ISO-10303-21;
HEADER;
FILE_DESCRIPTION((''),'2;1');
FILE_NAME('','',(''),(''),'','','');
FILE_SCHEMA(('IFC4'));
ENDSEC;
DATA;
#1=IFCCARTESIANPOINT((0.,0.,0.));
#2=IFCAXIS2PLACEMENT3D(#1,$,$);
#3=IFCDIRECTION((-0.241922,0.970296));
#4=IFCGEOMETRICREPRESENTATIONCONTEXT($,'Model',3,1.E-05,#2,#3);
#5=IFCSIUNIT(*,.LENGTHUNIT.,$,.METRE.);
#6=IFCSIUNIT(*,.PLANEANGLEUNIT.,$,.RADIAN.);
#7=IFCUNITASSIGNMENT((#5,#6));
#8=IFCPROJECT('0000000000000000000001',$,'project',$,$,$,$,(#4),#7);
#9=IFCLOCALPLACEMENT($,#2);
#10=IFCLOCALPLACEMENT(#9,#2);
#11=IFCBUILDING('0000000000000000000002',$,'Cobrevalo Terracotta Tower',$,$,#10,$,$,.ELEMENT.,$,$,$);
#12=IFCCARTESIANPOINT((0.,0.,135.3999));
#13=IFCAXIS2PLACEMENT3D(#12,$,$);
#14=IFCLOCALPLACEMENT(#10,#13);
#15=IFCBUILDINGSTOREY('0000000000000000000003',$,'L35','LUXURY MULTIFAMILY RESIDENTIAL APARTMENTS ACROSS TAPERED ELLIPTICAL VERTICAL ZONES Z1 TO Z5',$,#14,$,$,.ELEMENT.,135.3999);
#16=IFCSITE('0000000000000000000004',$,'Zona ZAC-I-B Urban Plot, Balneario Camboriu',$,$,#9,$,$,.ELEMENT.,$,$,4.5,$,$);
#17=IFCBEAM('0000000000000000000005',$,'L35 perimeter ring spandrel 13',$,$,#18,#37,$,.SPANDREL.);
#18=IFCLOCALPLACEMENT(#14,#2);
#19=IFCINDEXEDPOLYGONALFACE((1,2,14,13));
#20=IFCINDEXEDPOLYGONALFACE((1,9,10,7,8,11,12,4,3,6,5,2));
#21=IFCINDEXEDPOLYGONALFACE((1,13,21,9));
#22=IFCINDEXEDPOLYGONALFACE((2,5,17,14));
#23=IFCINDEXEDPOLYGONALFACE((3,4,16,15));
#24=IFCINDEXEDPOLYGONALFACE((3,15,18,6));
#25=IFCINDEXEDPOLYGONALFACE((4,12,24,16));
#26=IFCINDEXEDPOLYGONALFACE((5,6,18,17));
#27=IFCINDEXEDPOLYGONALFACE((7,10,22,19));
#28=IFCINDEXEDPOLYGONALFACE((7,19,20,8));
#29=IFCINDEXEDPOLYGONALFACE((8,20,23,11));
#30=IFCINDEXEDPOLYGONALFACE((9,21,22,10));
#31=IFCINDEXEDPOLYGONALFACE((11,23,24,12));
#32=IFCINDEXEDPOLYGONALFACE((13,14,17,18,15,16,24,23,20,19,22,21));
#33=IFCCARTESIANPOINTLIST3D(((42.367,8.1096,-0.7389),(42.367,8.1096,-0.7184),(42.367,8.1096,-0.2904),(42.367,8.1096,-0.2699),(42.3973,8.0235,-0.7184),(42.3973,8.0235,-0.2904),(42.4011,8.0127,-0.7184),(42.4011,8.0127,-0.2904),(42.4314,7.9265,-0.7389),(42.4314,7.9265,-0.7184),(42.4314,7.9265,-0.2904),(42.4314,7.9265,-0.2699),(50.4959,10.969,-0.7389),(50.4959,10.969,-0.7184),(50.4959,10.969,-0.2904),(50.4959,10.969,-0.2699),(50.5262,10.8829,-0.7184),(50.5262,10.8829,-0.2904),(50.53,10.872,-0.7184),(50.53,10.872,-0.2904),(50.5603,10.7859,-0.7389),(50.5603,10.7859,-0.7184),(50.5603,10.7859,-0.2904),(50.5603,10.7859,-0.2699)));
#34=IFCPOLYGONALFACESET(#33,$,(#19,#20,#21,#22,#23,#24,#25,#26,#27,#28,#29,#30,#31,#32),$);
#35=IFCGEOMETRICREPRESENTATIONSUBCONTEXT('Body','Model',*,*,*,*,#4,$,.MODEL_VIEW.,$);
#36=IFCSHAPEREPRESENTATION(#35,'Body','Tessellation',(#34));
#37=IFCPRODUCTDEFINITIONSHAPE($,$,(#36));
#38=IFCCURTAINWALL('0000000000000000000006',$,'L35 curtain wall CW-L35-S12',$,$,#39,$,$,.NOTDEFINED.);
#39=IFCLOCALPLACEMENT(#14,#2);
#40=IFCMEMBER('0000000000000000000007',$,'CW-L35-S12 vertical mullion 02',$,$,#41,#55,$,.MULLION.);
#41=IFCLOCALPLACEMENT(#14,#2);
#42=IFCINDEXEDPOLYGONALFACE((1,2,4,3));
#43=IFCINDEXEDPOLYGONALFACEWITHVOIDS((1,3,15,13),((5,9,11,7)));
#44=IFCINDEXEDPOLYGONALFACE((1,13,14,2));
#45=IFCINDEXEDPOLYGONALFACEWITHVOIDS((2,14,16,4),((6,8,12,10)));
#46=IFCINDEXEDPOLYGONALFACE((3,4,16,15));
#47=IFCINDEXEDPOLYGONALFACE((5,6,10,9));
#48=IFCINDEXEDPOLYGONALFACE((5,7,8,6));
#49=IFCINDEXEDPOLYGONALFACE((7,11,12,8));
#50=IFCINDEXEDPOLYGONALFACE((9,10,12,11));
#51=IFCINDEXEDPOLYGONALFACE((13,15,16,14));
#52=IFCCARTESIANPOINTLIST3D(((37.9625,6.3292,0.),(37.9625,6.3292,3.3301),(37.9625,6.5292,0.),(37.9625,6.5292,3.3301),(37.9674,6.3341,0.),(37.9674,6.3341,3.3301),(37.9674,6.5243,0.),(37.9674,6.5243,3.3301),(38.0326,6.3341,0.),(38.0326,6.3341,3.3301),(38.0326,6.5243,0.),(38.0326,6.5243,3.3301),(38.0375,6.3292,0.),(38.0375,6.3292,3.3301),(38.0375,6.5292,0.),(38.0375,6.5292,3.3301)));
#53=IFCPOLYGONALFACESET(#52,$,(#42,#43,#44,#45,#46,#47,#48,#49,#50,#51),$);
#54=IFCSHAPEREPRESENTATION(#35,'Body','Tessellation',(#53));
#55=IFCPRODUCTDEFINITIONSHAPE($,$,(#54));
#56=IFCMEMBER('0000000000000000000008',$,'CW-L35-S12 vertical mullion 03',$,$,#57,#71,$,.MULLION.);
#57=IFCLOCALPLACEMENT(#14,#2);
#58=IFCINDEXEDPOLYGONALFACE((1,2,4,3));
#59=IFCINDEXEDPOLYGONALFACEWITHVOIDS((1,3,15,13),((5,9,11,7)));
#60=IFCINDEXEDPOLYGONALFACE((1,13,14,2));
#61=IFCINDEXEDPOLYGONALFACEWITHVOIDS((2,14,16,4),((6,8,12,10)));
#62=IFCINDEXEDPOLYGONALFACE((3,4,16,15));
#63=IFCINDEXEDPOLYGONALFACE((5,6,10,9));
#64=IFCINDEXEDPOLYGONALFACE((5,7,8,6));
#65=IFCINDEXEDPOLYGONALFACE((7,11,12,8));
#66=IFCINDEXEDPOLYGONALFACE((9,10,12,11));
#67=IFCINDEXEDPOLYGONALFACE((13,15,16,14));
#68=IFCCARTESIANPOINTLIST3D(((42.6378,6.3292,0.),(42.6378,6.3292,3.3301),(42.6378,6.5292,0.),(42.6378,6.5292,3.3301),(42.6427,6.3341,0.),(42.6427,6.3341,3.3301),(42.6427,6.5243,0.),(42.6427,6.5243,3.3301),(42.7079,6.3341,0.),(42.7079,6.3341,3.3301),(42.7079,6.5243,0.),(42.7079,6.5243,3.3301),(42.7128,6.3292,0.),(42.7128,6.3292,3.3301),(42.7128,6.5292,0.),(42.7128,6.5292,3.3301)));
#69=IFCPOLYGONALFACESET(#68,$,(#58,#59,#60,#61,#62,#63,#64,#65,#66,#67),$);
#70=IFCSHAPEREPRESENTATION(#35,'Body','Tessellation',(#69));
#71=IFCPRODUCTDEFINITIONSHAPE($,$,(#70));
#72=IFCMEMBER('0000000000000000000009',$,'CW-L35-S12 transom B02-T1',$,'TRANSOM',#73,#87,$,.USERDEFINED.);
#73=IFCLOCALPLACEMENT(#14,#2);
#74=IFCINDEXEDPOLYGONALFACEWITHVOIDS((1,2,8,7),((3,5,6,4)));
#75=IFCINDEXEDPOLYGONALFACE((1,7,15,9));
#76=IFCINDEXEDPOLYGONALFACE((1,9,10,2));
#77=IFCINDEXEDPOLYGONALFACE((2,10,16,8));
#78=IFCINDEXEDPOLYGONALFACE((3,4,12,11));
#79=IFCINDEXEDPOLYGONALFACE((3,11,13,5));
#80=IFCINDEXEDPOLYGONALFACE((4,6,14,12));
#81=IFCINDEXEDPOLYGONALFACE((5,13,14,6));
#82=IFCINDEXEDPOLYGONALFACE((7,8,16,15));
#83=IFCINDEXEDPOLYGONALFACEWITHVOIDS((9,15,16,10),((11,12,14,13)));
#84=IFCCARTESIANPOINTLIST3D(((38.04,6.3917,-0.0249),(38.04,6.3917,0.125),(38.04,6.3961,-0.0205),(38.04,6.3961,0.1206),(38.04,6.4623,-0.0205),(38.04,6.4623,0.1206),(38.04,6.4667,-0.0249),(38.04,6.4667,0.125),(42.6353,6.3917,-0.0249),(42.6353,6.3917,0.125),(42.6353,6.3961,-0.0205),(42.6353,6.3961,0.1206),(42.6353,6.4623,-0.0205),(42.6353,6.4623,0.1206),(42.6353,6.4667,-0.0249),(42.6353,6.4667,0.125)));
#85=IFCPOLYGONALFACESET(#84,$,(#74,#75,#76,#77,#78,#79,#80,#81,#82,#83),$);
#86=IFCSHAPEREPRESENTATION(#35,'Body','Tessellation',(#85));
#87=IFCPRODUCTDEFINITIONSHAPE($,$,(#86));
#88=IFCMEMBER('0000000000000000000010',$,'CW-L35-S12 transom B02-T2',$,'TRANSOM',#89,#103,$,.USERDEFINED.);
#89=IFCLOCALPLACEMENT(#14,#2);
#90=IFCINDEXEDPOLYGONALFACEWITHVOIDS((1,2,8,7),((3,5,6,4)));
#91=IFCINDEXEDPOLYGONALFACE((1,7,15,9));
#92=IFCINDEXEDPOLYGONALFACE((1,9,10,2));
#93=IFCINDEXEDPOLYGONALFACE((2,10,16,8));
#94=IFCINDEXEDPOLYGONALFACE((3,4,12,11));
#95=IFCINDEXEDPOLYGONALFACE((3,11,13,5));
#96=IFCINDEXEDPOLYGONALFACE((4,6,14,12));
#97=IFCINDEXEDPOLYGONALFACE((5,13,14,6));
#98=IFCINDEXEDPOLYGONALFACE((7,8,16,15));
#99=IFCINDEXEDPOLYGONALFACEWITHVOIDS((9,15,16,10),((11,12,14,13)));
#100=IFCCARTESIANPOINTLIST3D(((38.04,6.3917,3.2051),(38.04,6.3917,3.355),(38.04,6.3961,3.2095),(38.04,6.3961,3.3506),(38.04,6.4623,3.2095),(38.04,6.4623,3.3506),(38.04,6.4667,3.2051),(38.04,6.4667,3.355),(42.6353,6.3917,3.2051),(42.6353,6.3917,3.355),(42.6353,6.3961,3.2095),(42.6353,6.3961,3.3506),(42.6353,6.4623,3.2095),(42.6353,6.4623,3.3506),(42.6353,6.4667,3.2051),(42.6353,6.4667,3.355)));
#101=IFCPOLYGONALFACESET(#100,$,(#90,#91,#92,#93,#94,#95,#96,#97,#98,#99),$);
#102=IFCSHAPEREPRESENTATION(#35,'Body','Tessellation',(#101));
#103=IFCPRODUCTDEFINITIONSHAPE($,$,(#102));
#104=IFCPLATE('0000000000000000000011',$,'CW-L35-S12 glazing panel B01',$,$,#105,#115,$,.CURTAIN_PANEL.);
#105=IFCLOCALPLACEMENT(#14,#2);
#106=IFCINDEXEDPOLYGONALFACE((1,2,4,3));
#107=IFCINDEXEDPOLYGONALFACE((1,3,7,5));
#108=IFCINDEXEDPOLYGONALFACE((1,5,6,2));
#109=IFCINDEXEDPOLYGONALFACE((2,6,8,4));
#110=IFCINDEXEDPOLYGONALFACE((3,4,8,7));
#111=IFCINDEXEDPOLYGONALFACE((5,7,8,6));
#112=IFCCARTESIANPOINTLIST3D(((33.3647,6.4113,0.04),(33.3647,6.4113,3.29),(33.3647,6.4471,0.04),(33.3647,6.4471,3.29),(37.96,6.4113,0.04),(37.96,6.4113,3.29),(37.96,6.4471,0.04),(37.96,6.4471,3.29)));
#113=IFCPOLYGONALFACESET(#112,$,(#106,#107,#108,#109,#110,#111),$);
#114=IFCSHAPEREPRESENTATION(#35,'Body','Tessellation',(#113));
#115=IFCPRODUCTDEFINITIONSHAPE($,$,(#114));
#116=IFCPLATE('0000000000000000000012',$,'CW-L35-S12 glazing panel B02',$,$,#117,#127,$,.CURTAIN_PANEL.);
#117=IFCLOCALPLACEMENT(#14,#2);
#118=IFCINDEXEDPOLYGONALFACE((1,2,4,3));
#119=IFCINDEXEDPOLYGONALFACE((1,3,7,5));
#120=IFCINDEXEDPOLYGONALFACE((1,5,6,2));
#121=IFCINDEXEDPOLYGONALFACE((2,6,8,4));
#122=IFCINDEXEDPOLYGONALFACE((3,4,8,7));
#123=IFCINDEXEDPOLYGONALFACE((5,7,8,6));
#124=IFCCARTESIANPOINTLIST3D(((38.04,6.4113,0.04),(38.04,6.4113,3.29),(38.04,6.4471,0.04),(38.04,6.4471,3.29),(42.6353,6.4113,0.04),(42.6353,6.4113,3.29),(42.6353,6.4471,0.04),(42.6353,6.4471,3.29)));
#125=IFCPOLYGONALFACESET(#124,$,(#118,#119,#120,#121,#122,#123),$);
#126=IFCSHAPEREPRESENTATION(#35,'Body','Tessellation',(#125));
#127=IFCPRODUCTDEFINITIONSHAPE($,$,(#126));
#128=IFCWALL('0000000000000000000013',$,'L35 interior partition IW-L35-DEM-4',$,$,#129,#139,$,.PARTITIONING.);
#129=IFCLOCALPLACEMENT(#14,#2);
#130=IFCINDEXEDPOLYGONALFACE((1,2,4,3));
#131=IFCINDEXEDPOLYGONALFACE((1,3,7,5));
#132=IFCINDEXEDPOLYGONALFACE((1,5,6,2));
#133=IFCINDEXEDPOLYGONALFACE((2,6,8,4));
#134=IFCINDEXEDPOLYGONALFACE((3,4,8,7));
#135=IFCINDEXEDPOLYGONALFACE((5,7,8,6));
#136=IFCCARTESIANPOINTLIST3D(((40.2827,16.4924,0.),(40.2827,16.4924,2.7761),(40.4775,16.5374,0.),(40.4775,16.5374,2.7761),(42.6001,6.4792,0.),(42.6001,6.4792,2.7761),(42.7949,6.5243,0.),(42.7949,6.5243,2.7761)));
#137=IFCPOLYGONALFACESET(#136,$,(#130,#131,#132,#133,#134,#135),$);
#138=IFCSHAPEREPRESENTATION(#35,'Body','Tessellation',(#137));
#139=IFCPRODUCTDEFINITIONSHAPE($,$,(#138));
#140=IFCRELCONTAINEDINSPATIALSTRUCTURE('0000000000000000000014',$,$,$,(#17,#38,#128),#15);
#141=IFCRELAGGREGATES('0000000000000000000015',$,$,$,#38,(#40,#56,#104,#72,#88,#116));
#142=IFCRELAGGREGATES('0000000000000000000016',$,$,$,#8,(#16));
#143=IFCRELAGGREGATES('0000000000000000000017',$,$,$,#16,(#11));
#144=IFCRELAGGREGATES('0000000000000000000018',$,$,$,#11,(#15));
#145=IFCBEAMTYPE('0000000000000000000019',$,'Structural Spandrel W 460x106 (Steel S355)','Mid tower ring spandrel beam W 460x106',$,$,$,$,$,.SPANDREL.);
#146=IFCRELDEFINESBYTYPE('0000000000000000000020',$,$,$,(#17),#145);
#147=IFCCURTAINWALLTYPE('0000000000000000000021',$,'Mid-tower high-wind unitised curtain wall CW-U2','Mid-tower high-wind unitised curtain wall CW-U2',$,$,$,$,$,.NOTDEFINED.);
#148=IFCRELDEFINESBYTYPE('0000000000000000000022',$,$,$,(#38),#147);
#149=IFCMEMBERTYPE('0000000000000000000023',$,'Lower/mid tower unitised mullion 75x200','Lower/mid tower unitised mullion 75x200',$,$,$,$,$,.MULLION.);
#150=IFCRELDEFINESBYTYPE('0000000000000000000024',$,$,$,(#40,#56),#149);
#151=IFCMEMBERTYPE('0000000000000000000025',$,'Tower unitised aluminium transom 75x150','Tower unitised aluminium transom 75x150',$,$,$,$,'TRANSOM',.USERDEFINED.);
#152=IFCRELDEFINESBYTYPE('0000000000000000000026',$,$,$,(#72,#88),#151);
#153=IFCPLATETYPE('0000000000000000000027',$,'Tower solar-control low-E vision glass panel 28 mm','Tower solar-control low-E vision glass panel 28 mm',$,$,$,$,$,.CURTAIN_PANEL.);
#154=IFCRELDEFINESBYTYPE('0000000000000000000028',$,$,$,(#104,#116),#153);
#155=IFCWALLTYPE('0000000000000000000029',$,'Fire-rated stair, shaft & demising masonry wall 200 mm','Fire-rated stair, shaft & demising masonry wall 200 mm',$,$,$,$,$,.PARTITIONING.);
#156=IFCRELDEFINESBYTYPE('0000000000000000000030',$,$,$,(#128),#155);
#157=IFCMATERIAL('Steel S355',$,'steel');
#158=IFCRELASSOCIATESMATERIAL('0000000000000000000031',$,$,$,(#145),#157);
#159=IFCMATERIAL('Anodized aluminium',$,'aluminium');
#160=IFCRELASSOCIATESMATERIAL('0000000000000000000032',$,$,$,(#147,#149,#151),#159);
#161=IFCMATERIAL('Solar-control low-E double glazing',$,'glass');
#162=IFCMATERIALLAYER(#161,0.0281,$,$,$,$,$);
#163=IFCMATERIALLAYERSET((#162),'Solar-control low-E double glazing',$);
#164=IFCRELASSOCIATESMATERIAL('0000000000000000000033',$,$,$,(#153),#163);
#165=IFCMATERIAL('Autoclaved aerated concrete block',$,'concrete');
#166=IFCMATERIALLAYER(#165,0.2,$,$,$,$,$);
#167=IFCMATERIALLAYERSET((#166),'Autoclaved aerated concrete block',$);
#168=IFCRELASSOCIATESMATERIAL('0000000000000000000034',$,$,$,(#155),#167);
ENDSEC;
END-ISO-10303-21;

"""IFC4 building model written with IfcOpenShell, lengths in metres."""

from ifc_helpers import new_model, si_unit, direction, frame, frame_2d, origin, origin_2d, place, context, subcontext, project, spatial, rectangle, hollow_rectangle, i_section, extrude, source, transform, mapped, material, layer, layer_set, material_profile, profile_set, type_object, element, aggregate, save


model = new_model("IFC4")

# Units and contexts
model_context = context("Model", 3, precision=1e-05, world=origin(), true_north=direction((-0.241922, 0.970296)))
body_context = subcontext(model_context, "Body", "Model", "MODEL_VIEW")
ifc_project = project(units=[si_unit("LENGTHUNIT", "METRE"), si_unit("PLANEANGLEUNIT", "RADIAN")], contexts=[model_context])

# Site, building, storey
site_placement = place(None, origin())
site = spatial("IfcSite", under=ifc_project, at=site_placement, Name="Zona ZAC-I-B Urban Plot, Balneario Camboriu", CompositionType="ELEMENT", RefElevation=4.5)
building_placement = place(site_placement, origin())
building = spatial("IfcBuilding", under=site, at=building_placement, Name="Cobrevalo Terracotta Tower", CompositionType="ELEMENT")
storey_placement = place(building_placement, frame((0.0, 0.0, 135.3999)))
storey = spatial("IfcBuildingStorey", under=building, at=storey_placement, Name="L35", Description="LUXURY MULTIFAMILY RESIDENTIAL APARTMENTS ACROSS TAPERED ELLIPTICAL VERTICAL ZONES Z1 TO Z5", CompositionType="ELEMENT", Elevation=135.3999)

# Shared definitions
ifc_material_1 = material(Name="Steel S355", Category="steel")

# Beam
ifc_material_profile_1 = material_profile(ifc_material_1, i_section(OverallWidth=0.1941, OverallDepth=0.469, WebThickness=0.0115, FlangeThickness=0.0205, at=origin_2d()), Name="W 460x106")
ifc_profile_set_1 = profile_set([ifc_material_profile_1], Name="Steel S355")
beam_type_1 = type_object("IfcBeamType", Name="Structural Spandrel W 460x106 (Steel S355)", Description="Mid tower ring spandrel beam W 460x106", PredefinedType="SPANDREL", material=ifc_profile_set_1)
beam_1_placement = place(storey_placement, frame((42.3992, 8.0181, -0.5044), z_axis=(0.943341, 0.331824, 0.0), x_axis=(-0.331824, 0.943341, 0.0)))
element("IfcBeam", 1, at=beam_1_placement, inside=storey, type_object=beam_type_1, Name="L35 perimeter ring spandrel 13", PredefinedType="SPANDREL", context=body_context, shape_type="SweptSolid", body=[
    extrude(i_section(OverallWidth=0.1941, OverallDepth=0.469, WebThickness=0.0115, FlangeThickness=0.0205, at=origin_2d()), origin(), (0.0, 0.0, 1.0), 8.6172),
])

# Curtain wall, members, plates
ifc_material_2 = material(Name="Anodized aluminium", Category="aluminium")
curtain_wall_type = type_object("IfcCurtainWallType", Name="Mid-tower high-wind unitised curtain wall CW-U2", Description="Mid-tower high-wind unitised curtain wall CW-U2", PredefinedType="NOTDEFINED", material=ifc_material_2)
curtain_wall_placement = place(storey_placement, origin())
curtain_wall = element("IfcCurtainWall", 2, at=curtain_wall_placement, inside=storey, type_object=curtain_wall_type, Name="L35 curtain wall CW-L35-S12", PredefinedType="NOTDEFINED")
ifc_material_profile_2 = material_profile(ifc_material_2, hollow_rectangle(XDim=0.075, YDim=0.2, WallThickness=0.0049, at=origin_2d()), Name="CWM 75x200")
ifc_profile_set_2 = profile_set([ifc_material_profile_2], Name="Anodized aluminium")
member_type_1 = type_object("IfcMemberType", Name="Lower/mid tower unitised mullion 75x200", Description="Lower/mid tower unitised mullion 75x200", PredefinedType="MULLION", material=ifc_profile_set_2)
shared_shape_1 = source(origin(), body_context, "Body", "SweptSolid", [
    extrude(hollow_rectangle(XDim=0.075, YDim=0.2, WallThickness=0.0049, at=origin_2d()), origin(), (0.0, 0.0, 1.0), 3.3301),
])
member_1_placement = place(storey_placement, frame((38.0, 6.4292, 0.0), z_axis=(0.0, 0.0, 1.0), x_axis=(1.0, 0.0, 0.0)))
member_1 = element("IfcMember", 3, at=member_1_placement, type_object=member_type_1, Name="CW-L35-S12 vertical mullion 02", PredefinedType="MULLION", context=body_context, shape_type="MappedRepresentation", body=[
    mapped(shared_shape_1, transform((0.0, 0.0, 0.0), scale=1.0)),
])
member_2_placement = place(storey_placement, frame((42.6753, 6.4292, 0.0), z_axis=(0.0, 0.0, 1.0), x_axis=(1.0, 0.0, 0.0)))
member_2 = element("IfcMember", 4, at=member_2_placement, type_object=member_type_1, Name="CW-L35-S12 vertical mullion 03", PredefinedType="MULLION", context=body_context, shape_type="MappedRepresentation", body=[
    mapped(shared_shape_1, transform((0.0, 0.0, 0.0), scale=1.0)),
])
ifc_material_profile_3 = material_profile(ifc_material_2, hollow_rectangle(XDim=0.075, YDim=0.1499, WallThickness=0.0044, at=origin_2d()), Name="CWT 75x150")
ifc_profile_set_3 = profile_set([ifc_material_profile_3], Name="Anodized aluminium")
member_type_2 = type_object("IfcMemberType", Name="Tower unitised aluminium transom 75x150", Description="Tower unitised aluminium transom 75x150", ElementType="TRANSOM", PredefinedType="USERDEFINED", material=ifc_profile_set_3)
shared_shape_2 = source(origin(), body_context, "Body", "SweptSolid", [
    extrude(hollow_rectangle(XDim=0.075, YDim=0.1499, WallThickness=0.0044, at=origin_2d()), origin(), (0.0, 0.0, 1.0), 4.5952),
])
member_3_placement = place(storey_placement, frame((38.04, 6.4292, 0.05), z_axis=(1.0, 0.0, 0.0), x_axis=(0.0, 1.0, 0.0)))
member_3 = element("IfcMember", 5, at=member_3_placement, type_object=member_type_2, Name="CW-L35-S12 transom B02-T1", ObjectType="TRANSOM", PredefinedType="USERDEFINED", context=body_context, shape_type="MappedRepresentation", body=[
    mapped(shared_shape_2, transform((0.0, 0.0, 0.0), scale=1.0)),
])
member_4_placement = place(storey_placement, frame((38.04, 6.4292, 3.28), z_axis=(1.0, 0.0, 0.0), x_axis=(0.0, 1.0, 0.0)))
member_4 = element("IfcMember", 6, at=member_4_placement, type_object=member_type_2, Name="CW-L35-S12 transom B02-T2", ObjectType="TRANSOM", PredefinedType="USERDEFINED", context=body_context, shape_type="MappedRepresentation", body=[
    mapped(shared_shape_2, transform((0.0, 0.0, 0.0), scale=1.0)),
])
ifc_material_3 = material(Name="Solar-control low-E double glazing", Category="glass")
ifc_layer_1 = layer(ifc_material_3, 0.0281)
ifc_layer_set_1 = layer_set([ifc_layer_1], Name="Solar-control low-E double glazing")
plate_type = type_object("IfcPlateType", Name="Tower solar-control low-E vision glass panel 28 mm", Description="Tower solar-control low-E vision glass panel 28 mm", PredefinedType="CURTAIN_PANEL", material=ifc_layer_set_1)
shared_shape_3 = source(origin(), body_context, "Body", "SweptSolid", [
    extrude(rectangle(XDim=4.5952, YDim=0.0359, at=origin_2d()), origin(), (0.0, 0.0, 1.0), 3.25),
])
plate_1_placement = place(storey_placement, frame((35.6624, 6.4292, 0.04), z_axis=(0.0, 0.0, 1.0), x_axis=(1.0, 0.0, 0.0)))
plate_1 = element("IfcPlate", 7, at=plate_1_placement, type_object=plate_type, Name="CW-L35-S12 glazing panel B01", PredefinedType="CURTAIN_PANEL", context=body_context, shape_type="MappedRepresentation", body=[
    mapped(shared_shape_3, transform((0.0, 0.0, 0.0), scale=1.0)),
])
plate_2_placement = place(storey_placement, frame((40.3376, 6.4292, 0.04), z_axis=(0.0, 0.0, 1.0), x_axis=(1.0, 0.0, 0.0)))
plate_2 = element("IfcPlate", 8, at=plate_2_placement, type_object=plate_type, Name="CW-L35-S12 glazing panel B02", PredefinedType="CURTAIN_PANEL", context=body_context, shape_type="MappedRepresentation", body=[
    mapped(shared_shape_3, transform((0.0, 0.0, 0.0), scale=1.0)),
])
aggregate(curtain_wall, [member_1, member_2, plate_1, member_3, member_4, plate_2])

# Wall
ifc_material_4 = material(Name="Autoclaved aerated concrete block", Category="concrete")
ifc_layer_2 = layer(ifc_material_4, 0.2)
ifc_layer_set_2 = layer_set([ifc_layer_2], Name="Autoclaved aerated concrete block")
wall_type_1 = type_object("IfcWallType", Name="Fire-rated stair, shaft & demising masonry wall 200 mm", Description="Fire-rated stair, shaft & demising masonry wall 200 mm", PredefinedType="PARTITIONING", material=ifc_layer_set_2)
wall_1_placement = place(storey_placement, frame((40.3801, 16.5149, 0.0), z_axis=(0.0, 0.0, 1.0), x_axis=(0.225474, -0.974249, 0.0)))
element("IfcWall", 9, at=wall_1_placement, inside=storey, type_object=wall_type_1, Name="L35 interior partition IW-L35-DEM-4", PredefinedType="PARTITIONING", context=body_context, shape_type="SweptSolid", body=[
    extrude(rectangle(XDim=10.2778, YDim=0.2, at=frame_2d((5.1389, 0.0))), origin(), (0.0, 0.0, 1.0), 2.7761),
])

save(model, "model.ifc")
